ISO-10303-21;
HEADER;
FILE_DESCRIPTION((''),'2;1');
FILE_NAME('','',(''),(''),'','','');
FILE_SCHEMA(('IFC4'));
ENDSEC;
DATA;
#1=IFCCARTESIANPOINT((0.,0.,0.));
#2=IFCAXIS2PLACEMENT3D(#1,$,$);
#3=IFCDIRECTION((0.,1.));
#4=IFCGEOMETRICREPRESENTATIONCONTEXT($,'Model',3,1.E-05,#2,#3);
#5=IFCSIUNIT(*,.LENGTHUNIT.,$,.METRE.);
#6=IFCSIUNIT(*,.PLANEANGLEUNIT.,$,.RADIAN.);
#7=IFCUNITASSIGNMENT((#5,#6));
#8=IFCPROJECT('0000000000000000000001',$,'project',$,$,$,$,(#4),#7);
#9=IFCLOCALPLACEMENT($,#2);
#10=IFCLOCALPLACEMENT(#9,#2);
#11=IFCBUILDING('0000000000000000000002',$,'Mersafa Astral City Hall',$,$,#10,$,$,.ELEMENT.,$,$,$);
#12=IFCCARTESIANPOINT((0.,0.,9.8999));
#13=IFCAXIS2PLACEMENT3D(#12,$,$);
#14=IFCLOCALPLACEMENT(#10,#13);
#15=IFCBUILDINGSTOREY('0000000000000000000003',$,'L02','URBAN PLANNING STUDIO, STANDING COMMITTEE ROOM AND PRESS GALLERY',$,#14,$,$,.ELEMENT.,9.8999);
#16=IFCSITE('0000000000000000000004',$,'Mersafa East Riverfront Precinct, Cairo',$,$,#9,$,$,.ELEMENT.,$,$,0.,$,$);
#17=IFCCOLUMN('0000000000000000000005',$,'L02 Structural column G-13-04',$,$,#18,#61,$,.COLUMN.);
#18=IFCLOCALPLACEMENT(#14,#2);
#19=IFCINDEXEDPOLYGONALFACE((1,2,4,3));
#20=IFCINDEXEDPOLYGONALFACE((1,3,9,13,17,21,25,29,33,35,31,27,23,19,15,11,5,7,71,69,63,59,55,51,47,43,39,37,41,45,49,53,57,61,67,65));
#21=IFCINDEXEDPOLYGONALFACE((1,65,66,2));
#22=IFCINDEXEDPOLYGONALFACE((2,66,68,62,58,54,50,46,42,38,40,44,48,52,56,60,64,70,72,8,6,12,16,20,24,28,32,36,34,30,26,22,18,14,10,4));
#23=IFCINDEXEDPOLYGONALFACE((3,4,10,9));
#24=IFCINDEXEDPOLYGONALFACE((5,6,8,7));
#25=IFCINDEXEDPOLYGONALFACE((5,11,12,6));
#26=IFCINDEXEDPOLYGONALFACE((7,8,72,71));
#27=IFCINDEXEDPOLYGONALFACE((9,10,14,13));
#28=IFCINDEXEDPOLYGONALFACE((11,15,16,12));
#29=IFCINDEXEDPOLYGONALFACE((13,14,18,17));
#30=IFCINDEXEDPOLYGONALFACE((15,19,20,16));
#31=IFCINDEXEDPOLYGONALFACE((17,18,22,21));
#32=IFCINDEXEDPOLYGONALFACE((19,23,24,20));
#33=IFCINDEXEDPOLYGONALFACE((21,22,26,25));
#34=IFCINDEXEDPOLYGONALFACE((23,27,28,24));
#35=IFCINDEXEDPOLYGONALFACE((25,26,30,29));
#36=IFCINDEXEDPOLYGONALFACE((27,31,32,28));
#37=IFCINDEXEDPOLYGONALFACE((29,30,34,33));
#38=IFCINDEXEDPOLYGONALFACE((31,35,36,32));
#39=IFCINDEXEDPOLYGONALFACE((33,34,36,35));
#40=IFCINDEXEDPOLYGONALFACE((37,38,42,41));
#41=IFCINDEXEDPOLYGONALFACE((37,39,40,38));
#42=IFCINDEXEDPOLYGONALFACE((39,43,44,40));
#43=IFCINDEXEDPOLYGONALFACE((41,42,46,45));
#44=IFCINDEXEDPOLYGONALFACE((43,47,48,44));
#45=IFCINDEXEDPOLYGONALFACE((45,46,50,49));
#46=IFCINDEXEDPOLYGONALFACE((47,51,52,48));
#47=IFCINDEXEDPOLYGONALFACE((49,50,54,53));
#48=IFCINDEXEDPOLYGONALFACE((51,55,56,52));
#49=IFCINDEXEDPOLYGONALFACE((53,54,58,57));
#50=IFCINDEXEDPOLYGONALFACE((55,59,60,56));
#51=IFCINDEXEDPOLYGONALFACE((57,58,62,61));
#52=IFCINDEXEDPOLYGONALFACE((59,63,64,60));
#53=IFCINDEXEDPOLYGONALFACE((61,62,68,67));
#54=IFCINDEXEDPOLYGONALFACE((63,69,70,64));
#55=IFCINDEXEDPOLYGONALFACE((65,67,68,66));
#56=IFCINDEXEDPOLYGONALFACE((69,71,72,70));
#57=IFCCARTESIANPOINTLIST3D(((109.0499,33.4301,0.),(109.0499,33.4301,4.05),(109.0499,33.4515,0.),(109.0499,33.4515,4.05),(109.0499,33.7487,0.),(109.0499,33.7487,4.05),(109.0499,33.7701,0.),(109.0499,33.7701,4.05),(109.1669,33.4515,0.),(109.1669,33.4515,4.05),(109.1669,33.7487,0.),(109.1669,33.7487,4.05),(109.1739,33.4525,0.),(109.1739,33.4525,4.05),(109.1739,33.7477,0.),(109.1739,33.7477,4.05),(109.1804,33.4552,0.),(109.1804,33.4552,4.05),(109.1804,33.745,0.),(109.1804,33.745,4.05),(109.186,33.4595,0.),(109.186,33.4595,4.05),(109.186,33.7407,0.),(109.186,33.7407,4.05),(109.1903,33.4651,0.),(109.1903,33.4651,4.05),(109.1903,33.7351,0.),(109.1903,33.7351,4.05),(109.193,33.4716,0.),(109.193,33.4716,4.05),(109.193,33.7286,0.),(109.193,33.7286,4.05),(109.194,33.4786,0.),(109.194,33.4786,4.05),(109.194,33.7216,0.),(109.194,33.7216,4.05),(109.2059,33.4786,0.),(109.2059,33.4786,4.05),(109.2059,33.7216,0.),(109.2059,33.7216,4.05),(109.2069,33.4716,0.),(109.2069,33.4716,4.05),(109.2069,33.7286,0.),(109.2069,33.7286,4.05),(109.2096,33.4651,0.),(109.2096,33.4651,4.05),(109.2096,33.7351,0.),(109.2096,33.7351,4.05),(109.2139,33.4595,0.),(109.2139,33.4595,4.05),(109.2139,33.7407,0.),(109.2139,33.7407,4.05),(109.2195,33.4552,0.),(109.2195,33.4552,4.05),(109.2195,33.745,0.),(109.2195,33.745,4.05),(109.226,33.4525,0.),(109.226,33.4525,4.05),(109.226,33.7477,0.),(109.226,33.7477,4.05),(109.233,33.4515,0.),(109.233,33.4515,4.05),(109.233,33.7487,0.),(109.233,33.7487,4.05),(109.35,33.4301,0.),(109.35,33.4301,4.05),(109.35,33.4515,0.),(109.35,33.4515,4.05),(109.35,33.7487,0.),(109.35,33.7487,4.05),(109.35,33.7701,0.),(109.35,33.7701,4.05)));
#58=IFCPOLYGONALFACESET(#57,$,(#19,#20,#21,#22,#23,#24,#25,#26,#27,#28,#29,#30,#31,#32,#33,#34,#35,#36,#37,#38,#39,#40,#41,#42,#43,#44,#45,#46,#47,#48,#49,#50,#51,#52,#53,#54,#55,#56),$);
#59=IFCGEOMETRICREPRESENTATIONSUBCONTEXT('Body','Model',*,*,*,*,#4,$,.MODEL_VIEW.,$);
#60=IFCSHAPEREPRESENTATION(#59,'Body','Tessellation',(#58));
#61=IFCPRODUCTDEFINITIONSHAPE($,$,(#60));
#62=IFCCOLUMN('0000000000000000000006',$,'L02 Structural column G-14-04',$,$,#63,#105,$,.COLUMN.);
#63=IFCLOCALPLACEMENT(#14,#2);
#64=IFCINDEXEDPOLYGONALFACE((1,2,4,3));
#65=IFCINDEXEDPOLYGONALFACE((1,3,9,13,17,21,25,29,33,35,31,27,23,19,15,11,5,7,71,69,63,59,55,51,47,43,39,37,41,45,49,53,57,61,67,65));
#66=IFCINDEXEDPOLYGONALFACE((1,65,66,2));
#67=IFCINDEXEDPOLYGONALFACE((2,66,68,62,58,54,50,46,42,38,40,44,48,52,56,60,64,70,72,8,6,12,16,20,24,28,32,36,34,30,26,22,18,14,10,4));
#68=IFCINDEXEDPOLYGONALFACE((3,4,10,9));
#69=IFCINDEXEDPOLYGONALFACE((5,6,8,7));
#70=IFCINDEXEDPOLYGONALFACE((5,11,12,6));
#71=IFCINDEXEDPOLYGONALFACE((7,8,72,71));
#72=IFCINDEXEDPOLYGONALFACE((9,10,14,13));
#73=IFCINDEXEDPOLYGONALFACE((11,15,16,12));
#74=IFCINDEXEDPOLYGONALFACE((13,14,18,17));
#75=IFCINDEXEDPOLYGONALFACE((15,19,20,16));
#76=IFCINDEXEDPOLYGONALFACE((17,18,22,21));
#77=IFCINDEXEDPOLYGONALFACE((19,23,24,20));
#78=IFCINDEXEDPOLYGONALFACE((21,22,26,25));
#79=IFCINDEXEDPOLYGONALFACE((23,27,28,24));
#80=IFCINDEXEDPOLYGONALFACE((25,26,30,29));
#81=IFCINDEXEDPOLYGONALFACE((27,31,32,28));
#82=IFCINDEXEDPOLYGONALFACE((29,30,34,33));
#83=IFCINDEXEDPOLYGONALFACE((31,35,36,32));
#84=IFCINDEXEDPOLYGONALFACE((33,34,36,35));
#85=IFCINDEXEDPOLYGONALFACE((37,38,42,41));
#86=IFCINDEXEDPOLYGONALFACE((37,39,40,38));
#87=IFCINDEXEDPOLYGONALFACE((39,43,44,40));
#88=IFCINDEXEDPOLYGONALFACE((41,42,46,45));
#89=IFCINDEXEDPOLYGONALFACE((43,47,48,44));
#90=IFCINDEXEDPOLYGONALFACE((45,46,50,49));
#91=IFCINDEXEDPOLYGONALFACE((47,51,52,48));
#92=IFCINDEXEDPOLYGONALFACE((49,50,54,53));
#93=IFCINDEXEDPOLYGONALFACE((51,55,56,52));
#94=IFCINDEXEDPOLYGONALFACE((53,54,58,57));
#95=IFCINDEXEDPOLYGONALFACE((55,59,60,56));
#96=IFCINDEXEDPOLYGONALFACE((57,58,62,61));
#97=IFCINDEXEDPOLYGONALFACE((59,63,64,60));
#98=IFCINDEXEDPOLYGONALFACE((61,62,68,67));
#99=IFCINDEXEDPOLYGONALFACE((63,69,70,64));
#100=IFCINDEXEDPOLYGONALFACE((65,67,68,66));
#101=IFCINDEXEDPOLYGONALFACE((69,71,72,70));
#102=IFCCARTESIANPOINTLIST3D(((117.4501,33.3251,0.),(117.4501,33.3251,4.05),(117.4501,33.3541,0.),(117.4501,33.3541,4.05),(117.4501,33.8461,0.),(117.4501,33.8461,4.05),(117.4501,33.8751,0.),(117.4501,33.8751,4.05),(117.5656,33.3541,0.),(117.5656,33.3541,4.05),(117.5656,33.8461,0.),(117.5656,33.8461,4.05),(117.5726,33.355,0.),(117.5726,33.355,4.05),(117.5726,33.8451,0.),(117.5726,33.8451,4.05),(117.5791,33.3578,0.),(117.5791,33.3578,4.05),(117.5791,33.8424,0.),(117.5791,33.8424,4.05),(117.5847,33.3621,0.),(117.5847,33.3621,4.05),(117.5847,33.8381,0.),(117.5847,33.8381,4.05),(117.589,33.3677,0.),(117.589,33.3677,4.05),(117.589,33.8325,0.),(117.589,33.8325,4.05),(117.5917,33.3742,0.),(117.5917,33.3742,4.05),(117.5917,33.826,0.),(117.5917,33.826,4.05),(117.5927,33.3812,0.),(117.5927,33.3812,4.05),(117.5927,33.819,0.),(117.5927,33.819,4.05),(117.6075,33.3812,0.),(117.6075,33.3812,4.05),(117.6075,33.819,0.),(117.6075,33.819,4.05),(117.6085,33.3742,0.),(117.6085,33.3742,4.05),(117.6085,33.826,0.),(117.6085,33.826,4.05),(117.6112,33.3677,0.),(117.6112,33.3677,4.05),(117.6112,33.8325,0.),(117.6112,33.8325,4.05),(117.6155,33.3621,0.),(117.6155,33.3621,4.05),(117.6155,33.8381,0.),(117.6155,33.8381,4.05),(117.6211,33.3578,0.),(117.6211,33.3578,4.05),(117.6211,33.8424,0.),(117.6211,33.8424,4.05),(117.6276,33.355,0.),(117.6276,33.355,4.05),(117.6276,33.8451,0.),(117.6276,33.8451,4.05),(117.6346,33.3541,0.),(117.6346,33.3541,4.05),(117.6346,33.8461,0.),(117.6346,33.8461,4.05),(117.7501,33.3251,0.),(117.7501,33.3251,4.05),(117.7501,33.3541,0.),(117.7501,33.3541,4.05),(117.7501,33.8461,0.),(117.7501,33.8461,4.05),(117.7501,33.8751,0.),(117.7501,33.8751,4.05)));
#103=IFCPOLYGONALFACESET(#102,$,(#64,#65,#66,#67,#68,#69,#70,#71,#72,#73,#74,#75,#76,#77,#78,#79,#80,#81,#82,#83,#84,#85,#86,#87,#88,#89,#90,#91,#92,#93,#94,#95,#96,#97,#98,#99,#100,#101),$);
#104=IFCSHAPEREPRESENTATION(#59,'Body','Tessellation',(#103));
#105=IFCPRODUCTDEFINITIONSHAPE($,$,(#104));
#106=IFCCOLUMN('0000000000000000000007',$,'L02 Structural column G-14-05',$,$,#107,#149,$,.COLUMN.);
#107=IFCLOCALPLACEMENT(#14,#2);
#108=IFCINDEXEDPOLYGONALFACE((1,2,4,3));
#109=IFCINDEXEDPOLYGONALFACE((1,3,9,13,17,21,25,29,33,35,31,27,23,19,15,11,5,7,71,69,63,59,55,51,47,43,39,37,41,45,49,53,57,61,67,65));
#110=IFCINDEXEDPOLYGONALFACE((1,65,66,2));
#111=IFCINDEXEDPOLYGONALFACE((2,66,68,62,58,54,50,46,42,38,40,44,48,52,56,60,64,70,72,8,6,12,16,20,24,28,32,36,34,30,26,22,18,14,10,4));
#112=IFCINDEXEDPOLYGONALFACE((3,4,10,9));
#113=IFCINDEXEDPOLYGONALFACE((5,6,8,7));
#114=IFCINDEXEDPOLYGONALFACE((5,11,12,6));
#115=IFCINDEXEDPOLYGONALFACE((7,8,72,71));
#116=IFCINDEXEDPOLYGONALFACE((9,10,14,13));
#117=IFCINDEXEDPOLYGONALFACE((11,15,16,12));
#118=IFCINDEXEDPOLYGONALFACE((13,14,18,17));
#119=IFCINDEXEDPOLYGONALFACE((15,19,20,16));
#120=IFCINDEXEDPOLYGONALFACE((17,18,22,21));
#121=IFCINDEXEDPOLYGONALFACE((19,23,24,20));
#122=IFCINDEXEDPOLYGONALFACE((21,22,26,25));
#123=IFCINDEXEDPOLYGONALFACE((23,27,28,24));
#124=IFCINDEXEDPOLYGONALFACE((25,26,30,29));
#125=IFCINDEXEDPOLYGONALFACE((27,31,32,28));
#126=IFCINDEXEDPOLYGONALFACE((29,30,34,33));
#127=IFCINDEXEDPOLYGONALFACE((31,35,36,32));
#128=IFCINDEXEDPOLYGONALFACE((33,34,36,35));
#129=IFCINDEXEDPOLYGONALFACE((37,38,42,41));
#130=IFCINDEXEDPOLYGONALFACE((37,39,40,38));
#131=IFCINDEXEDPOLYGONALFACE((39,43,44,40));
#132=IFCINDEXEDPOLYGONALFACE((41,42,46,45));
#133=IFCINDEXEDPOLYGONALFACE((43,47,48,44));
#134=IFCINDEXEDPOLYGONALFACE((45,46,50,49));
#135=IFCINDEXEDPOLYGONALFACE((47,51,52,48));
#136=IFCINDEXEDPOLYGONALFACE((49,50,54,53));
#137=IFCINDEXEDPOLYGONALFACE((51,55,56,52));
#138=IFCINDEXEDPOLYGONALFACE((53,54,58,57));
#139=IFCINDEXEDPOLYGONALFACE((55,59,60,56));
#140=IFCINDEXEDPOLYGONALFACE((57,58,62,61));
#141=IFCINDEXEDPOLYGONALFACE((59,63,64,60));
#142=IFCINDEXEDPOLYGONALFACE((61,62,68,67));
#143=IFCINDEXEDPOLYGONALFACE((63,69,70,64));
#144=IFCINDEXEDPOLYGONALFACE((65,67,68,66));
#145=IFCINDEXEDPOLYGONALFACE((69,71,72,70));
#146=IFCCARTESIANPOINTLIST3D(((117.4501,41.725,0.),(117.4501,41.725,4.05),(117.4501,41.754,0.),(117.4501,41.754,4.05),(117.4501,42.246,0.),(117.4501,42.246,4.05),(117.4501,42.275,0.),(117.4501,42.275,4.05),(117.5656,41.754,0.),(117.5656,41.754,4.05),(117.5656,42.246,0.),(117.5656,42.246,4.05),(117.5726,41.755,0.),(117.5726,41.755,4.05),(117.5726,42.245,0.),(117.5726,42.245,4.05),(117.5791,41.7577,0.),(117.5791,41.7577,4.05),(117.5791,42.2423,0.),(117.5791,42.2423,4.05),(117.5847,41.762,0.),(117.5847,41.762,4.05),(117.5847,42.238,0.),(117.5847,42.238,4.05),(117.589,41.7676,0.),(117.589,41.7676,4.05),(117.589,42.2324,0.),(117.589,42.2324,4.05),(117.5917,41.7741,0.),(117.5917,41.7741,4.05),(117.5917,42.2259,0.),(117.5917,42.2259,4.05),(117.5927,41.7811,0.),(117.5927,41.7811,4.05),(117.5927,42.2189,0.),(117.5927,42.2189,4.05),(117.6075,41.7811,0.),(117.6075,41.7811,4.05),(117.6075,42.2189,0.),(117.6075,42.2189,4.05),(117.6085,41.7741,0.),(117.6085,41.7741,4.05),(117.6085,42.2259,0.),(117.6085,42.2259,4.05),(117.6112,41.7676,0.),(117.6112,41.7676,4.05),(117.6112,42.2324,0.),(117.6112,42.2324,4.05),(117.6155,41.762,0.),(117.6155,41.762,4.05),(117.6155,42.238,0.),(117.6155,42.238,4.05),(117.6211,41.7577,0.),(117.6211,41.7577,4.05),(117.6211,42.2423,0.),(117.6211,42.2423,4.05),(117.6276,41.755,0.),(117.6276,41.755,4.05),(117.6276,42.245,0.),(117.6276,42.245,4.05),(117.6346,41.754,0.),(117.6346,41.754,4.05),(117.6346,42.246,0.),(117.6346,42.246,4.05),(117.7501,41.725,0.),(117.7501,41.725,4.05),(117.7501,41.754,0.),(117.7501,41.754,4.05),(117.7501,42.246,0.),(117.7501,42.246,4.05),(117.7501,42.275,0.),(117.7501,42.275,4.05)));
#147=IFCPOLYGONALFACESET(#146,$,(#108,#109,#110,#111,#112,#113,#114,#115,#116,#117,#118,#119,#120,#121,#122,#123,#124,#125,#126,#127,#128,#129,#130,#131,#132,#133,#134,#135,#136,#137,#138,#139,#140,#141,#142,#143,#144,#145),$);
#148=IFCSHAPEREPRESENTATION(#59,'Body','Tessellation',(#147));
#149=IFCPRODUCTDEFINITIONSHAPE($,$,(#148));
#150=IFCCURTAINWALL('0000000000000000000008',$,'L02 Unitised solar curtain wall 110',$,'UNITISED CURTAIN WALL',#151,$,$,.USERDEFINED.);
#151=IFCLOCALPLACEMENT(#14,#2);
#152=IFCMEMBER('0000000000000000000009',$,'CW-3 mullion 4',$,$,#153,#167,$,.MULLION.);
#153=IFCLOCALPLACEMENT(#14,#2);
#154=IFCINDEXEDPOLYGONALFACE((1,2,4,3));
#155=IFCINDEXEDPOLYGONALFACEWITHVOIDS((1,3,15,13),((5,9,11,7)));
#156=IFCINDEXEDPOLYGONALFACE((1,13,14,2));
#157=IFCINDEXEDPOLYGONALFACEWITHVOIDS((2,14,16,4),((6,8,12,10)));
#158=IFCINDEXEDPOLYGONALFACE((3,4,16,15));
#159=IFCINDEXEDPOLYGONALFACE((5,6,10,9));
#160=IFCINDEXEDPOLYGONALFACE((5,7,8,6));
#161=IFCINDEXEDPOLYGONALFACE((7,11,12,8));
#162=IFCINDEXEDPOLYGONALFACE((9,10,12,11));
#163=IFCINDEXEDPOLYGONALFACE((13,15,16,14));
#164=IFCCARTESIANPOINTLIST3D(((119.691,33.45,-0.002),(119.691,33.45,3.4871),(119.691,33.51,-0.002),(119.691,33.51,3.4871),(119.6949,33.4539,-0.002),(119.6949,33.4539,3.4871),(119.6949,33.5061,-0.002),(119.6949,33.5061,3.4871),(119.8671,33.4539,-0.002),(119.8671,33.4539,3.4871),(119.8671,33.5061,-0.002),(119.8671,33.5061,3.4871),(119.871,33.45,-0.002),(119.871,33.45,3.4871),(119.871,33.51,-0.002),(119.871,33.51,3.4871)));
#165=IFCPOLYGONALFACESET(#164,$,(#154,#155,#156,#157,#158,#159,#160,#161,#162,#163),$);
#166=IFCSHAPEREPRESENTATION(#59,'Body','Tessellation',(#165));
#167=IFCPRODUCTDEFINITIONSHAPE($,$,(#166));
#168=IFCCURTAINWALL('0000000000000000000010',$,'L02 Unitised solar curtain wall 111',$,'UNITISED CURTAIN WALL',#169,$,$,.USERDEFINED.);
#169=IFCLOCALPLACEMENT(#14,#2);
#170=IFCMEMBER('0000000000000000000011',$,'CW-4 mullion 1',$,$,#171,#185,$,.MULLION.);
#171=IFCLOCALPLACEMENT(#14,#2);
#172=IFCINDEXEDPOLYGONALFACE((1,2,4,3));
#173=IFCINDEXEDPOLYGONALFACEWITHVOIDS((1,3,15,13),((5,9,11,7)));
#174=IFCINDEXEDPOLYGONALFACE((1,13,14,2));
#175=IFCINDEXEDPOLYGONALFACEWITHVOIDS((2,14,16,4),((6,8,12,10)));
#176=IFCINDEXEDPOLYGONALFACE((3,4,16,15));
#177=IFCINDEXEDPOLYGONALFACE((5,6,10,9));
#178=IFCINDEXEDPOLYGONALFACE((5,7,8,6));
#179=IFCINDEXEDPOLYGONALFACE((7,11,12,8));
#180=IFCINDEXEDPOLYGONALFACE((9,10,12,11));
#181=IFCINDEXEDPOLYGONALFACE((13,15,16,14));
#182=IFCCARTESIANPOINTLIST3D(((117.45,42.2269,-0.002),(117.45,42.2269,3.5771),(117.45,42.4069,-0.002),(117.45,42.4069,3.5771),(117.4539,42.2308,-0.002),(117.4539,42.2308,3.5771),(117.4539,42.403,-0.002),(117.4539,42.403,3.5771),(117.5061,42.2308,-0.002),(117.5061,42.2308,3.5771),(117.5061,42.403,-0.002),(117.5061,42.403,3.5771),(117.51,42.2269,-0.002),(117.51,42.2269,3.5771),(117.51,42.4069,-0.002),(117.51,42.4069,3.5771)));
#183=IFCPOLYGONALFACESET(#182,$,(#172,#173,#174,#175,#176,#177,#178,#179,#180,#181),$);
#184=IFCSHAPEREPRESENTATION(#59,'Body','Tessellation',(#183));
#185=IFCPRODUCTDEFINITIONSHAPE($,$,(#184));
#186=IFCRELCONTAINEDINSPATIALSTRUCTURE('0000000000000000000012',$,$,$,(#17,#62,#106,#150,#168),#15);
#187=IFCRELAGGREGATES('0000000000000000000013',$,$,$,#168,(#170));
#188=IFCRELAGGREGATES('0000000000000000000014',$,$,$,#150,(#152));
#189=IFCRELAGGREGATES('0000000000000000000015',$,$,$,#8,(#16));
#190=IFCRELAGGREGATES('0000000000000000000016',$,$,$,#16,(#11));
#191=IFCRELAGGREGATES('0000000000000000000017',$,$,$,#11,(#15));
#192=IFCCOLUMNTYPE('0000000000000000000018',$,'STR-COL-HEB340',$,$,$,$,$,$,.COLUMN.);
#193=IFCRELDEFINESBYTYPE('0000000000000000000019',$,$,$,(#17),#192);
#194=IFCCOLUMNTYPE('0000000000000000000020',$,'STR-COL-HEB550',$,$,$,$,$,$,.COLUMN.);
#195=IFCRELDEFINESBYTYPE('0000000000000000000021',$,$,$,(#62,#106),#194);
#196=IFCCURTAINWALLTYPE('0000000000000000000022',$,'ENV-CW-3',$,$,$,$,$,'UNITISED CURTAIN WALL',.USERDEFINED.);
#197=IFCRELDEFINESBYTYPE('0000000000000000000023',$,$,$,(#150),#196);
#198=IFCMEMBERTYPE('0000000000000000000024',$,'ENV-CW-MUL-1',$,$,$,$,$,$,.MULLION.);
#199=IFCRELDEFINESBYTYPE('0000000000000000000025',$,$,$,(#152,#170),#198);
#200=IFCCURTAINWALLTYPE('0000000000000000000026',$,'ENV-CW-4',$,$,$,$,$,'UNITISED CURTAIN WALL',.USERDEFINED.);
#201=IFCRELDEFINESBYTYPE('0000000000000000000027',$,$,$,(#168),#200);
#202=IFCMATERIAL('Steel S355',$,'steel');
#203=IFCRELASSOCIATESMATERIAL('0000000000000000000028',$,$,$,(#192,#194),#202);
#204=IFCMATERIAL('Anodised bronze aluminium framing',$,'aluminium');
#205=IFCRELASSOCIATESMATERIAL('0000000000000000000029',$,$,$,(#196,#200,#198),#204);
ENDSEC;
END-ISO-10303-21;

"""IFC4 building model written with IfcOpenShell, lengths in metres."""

from ifc_helpers import new_model, si_unit, direction, frame, origin, origin_2d, place, context, subcontext, project, spatial, hollow_rectangle, i_section, extrude, material, material_profile, profile_set, type_object, element, aggregate, save


model = new_model("IFC4")

# Units and contexts
model_context = context("Model", 3, precision=1e-05, world=origin(), true_north=direction((0.0, 1.0)))
body_context = subcontext(model_context, "Body", "Model", "MODEL_VIEW")
ifc_project = project(units=[si_unit("LENGTHUNIT", "METRE"), si_unit("PLANEANGLEUNIT", "RADIAN")], contexts=[model_context])

# Site, building, storey
site_placement = place(None, origin())
site = spatial("IfcSite", under=ifc_project, at=site_placement, Name="Mersafa East Riverfront Precinct, Cairo", CompositionType="ELEMENT", RefElevation=0.0)
building_placement = place(site_placement, origin())
building = spatial("IfcBuilding", under=site, at=building_placement, Name="Mersafa Astral City Hall", CompositionType="ELEMENT")
storey_placement = place(building_placement, frame((0.0, 0.0, 9.8999)))
storey = spatial("IfcBuildingStorey", under=building, at=storey_placement, Name="L02", Description="URBAN PLANNING STUDIO, STANDING COMMITTEE ROOM AND PRESS GALLERY", CompositionType="ELEMENT", Elevation=9.8999)

# Columns
ifc_material_1 = material(Name="Steel S355", Category="steel")
ifc_material_profile_1 = material_profile(ifc_material_1, i_section(OverallWidth=0.3, OverallDepth=0.3401, WebThickness=0.012, FlangeThickness=0.0215, FilletRadius=0.0271, at=origin_2d()), Name="HEB 340")
ifc_profile_set_1 = profile_set([ifc_material_profile_1], Name="Steel S355")
column_type_1 = type_object("IfcColumnType", Name="STR-COL-HEB340", PredefinedType="COLUMN", material=ifc_profile_set_1)
column_placement = place(storey_placement, frame((109.2, 33.6001, 0.0), z_axis=(0.0, 0.0, 1.0), x_axis=(1.0, 0.0, 0.0)))
element("IfcColumn", 1, at=column_placement, inside=storey, type_object=column_type_1, Name="L02 Structural column G-13-04", PredefinedType="COLUMN", context=body_context, shape_type="SweptSolid", body=[
    extrude(i_section(OverallWidth=0.3, OverallDepth=0.3401, WebThickness=0.012, FlangeThickness=0.0215, FilletRadius=0.0271, at=origin_2d()), origin(), (0.0, 0.0, 1.0), 4.05),
])
ifc_material_profile_2 = material_profile(ifc_material_1, i_section(OverallWidth=0.3, OverallDepth=0.55, WebThickness=0.0149, FlangeThickness=0.0291, FilletRadius=0.0271, at=origin_2d()), Name="HEB 550")
ifc_profile_set_2 = profile_set([ifc_material_profile_2], Name="Steel S355")
column_type_2 = type_object("IfcColumnType", Name="STR-COL-HEB550", PredefinedType="COLUMN", material=ifc_profile_set_2)
for number, where, z_axis, x_axis, name in (
    (2, (117.6001, 33.6001, 0.0), (0.0, 0.0, 1.0), (1.0, 0.0, 0.0), "L02 Structural column G-14-04"),
    (3, (117.6001, 42.0, 0.0), (0.0, 0.0, 1.0), (1.0, 0.0, 0.0), "L02 Structural column G-14-05"),
):
    element("IfcColumn", number, at=place(storey_placement, frame(where, z_axis=z_axis, x_axis=x_axis)), inside=storey, type_object=column_type_2, Name=name, PredefinedType="COLUMN", context=body_context, shape_type="SweptSolid", body=[
        extrude(i_section(OverallWidth=0.3, OverallDepth=0.55, WebThickness=0.0149, FlangeThickness=0.0291, FilletRadius=0.0271, at=origin_2d()), origin(), (0.0, 0.0, 1.0), 4.05),
    ])

# Curtain wall, member
ifc_material_2 = material(Name="Anodised bronze aluminium framing", Category="aluminium")
curtain_wall_type_1 = type_object("IfcCurtainWallType", Name="ENV-CW-3", ElementType="UNITISED CURTAIN WALL", PredefinedType="USERDEFINED", material=ifc_material_2)
curtain_wall_1_placement = place(storey_placement, origin())
curtain_wall_1 = element("IfcCurtainWall", 4, at=curtain_wall_1_placement, inside=storey, type_object=curtain_wall_type_1, Name="L02 Unitised solar curtain wall 110", ObjectType="UNITISED CURTAIN WALL", PredefinedType="USERDEFINED")
ifc_material_profile_3 = material_profile(ifc_material_2, hollow_rectangle(XDim=0.0601, YDim=0.1799, WallThickness=0.0039, at=origin_2d()), Name="RHS 60x180x4")
ifc_profile_set_3 = profile_set([ifc_material_profile_3], Name="Anodised bronze aluminium framing")
member_type_1 = type_object("IfcMemberType", Name="ENV-CW-MUL-1", PredefinedType="MULLION", material=ifc_profile_set_3)
member_1_placement = place(storey_placement, frame((119.781, 33.48, -0.002), z_axis=(0.0, 0.0, 1.0), x_axis=(0.0, -1.0, 0.0)))
member_1 = element("IfcMember", 5, at=member_1_placement, type_object=member_type_1, Name="CW-3 mullion 4", PredefinedType="MULLION", context=body_context, shape_type="SweptSolid", body=[
    extrude(hollow_rectangle(XDim=0.0601, YDim=0.1799, WallThickness=0.0039, at=origin_2d()), origin(), (0.0, 0.0, 1.0), 3.489),
])

# Curtain wall, member
curtain_wall_type_2 = type_object("IfcCurtainWallType", Name="ENV-CW-4", ElementType="UNITISED CURTAIN WALL", PredefinedType="USERDEFINED", material=ifc_material_2)
curtain_wall_2_placement = place(storey_placement, origin())
curtain_wall_2 = element("IfcCurtainWall", 6, at=curtain_wall_2_placement, inside=storey, type_object=curtain_wall_type_2, Name="L02 Unitised solar curtain wall 111", ObjectType="UNITISED CURTAIN WALL", PredefinedType="USERDEFINED")
member_2_placement = place(storey_placement, frame((117.48, 42.3169, -0.002), z_axis=(0.0, 0.0, 1.0), x_axis=(-1.0, 0.0, 0.0)))
member_2 = element("IfcMember", 7, at=member_2_placement, type_object=member_type_1, Name="CW-4 mullion 1", PredefinedType="MULLION", context=body_context, shape_type="SweptSolid", body=[
    extrude(hollow_rectangle(XDim=0.0601, YDim=0.1799, WallThickness=0.0039, at=origin_2d()), origin(), (0.0, 0.0, 1.0), 3.5791),
])
aggregate(curtain_wall_2, [member_2])

aggregate(curtain_wall_1, [member_1])

save(model, "model.ifc")
